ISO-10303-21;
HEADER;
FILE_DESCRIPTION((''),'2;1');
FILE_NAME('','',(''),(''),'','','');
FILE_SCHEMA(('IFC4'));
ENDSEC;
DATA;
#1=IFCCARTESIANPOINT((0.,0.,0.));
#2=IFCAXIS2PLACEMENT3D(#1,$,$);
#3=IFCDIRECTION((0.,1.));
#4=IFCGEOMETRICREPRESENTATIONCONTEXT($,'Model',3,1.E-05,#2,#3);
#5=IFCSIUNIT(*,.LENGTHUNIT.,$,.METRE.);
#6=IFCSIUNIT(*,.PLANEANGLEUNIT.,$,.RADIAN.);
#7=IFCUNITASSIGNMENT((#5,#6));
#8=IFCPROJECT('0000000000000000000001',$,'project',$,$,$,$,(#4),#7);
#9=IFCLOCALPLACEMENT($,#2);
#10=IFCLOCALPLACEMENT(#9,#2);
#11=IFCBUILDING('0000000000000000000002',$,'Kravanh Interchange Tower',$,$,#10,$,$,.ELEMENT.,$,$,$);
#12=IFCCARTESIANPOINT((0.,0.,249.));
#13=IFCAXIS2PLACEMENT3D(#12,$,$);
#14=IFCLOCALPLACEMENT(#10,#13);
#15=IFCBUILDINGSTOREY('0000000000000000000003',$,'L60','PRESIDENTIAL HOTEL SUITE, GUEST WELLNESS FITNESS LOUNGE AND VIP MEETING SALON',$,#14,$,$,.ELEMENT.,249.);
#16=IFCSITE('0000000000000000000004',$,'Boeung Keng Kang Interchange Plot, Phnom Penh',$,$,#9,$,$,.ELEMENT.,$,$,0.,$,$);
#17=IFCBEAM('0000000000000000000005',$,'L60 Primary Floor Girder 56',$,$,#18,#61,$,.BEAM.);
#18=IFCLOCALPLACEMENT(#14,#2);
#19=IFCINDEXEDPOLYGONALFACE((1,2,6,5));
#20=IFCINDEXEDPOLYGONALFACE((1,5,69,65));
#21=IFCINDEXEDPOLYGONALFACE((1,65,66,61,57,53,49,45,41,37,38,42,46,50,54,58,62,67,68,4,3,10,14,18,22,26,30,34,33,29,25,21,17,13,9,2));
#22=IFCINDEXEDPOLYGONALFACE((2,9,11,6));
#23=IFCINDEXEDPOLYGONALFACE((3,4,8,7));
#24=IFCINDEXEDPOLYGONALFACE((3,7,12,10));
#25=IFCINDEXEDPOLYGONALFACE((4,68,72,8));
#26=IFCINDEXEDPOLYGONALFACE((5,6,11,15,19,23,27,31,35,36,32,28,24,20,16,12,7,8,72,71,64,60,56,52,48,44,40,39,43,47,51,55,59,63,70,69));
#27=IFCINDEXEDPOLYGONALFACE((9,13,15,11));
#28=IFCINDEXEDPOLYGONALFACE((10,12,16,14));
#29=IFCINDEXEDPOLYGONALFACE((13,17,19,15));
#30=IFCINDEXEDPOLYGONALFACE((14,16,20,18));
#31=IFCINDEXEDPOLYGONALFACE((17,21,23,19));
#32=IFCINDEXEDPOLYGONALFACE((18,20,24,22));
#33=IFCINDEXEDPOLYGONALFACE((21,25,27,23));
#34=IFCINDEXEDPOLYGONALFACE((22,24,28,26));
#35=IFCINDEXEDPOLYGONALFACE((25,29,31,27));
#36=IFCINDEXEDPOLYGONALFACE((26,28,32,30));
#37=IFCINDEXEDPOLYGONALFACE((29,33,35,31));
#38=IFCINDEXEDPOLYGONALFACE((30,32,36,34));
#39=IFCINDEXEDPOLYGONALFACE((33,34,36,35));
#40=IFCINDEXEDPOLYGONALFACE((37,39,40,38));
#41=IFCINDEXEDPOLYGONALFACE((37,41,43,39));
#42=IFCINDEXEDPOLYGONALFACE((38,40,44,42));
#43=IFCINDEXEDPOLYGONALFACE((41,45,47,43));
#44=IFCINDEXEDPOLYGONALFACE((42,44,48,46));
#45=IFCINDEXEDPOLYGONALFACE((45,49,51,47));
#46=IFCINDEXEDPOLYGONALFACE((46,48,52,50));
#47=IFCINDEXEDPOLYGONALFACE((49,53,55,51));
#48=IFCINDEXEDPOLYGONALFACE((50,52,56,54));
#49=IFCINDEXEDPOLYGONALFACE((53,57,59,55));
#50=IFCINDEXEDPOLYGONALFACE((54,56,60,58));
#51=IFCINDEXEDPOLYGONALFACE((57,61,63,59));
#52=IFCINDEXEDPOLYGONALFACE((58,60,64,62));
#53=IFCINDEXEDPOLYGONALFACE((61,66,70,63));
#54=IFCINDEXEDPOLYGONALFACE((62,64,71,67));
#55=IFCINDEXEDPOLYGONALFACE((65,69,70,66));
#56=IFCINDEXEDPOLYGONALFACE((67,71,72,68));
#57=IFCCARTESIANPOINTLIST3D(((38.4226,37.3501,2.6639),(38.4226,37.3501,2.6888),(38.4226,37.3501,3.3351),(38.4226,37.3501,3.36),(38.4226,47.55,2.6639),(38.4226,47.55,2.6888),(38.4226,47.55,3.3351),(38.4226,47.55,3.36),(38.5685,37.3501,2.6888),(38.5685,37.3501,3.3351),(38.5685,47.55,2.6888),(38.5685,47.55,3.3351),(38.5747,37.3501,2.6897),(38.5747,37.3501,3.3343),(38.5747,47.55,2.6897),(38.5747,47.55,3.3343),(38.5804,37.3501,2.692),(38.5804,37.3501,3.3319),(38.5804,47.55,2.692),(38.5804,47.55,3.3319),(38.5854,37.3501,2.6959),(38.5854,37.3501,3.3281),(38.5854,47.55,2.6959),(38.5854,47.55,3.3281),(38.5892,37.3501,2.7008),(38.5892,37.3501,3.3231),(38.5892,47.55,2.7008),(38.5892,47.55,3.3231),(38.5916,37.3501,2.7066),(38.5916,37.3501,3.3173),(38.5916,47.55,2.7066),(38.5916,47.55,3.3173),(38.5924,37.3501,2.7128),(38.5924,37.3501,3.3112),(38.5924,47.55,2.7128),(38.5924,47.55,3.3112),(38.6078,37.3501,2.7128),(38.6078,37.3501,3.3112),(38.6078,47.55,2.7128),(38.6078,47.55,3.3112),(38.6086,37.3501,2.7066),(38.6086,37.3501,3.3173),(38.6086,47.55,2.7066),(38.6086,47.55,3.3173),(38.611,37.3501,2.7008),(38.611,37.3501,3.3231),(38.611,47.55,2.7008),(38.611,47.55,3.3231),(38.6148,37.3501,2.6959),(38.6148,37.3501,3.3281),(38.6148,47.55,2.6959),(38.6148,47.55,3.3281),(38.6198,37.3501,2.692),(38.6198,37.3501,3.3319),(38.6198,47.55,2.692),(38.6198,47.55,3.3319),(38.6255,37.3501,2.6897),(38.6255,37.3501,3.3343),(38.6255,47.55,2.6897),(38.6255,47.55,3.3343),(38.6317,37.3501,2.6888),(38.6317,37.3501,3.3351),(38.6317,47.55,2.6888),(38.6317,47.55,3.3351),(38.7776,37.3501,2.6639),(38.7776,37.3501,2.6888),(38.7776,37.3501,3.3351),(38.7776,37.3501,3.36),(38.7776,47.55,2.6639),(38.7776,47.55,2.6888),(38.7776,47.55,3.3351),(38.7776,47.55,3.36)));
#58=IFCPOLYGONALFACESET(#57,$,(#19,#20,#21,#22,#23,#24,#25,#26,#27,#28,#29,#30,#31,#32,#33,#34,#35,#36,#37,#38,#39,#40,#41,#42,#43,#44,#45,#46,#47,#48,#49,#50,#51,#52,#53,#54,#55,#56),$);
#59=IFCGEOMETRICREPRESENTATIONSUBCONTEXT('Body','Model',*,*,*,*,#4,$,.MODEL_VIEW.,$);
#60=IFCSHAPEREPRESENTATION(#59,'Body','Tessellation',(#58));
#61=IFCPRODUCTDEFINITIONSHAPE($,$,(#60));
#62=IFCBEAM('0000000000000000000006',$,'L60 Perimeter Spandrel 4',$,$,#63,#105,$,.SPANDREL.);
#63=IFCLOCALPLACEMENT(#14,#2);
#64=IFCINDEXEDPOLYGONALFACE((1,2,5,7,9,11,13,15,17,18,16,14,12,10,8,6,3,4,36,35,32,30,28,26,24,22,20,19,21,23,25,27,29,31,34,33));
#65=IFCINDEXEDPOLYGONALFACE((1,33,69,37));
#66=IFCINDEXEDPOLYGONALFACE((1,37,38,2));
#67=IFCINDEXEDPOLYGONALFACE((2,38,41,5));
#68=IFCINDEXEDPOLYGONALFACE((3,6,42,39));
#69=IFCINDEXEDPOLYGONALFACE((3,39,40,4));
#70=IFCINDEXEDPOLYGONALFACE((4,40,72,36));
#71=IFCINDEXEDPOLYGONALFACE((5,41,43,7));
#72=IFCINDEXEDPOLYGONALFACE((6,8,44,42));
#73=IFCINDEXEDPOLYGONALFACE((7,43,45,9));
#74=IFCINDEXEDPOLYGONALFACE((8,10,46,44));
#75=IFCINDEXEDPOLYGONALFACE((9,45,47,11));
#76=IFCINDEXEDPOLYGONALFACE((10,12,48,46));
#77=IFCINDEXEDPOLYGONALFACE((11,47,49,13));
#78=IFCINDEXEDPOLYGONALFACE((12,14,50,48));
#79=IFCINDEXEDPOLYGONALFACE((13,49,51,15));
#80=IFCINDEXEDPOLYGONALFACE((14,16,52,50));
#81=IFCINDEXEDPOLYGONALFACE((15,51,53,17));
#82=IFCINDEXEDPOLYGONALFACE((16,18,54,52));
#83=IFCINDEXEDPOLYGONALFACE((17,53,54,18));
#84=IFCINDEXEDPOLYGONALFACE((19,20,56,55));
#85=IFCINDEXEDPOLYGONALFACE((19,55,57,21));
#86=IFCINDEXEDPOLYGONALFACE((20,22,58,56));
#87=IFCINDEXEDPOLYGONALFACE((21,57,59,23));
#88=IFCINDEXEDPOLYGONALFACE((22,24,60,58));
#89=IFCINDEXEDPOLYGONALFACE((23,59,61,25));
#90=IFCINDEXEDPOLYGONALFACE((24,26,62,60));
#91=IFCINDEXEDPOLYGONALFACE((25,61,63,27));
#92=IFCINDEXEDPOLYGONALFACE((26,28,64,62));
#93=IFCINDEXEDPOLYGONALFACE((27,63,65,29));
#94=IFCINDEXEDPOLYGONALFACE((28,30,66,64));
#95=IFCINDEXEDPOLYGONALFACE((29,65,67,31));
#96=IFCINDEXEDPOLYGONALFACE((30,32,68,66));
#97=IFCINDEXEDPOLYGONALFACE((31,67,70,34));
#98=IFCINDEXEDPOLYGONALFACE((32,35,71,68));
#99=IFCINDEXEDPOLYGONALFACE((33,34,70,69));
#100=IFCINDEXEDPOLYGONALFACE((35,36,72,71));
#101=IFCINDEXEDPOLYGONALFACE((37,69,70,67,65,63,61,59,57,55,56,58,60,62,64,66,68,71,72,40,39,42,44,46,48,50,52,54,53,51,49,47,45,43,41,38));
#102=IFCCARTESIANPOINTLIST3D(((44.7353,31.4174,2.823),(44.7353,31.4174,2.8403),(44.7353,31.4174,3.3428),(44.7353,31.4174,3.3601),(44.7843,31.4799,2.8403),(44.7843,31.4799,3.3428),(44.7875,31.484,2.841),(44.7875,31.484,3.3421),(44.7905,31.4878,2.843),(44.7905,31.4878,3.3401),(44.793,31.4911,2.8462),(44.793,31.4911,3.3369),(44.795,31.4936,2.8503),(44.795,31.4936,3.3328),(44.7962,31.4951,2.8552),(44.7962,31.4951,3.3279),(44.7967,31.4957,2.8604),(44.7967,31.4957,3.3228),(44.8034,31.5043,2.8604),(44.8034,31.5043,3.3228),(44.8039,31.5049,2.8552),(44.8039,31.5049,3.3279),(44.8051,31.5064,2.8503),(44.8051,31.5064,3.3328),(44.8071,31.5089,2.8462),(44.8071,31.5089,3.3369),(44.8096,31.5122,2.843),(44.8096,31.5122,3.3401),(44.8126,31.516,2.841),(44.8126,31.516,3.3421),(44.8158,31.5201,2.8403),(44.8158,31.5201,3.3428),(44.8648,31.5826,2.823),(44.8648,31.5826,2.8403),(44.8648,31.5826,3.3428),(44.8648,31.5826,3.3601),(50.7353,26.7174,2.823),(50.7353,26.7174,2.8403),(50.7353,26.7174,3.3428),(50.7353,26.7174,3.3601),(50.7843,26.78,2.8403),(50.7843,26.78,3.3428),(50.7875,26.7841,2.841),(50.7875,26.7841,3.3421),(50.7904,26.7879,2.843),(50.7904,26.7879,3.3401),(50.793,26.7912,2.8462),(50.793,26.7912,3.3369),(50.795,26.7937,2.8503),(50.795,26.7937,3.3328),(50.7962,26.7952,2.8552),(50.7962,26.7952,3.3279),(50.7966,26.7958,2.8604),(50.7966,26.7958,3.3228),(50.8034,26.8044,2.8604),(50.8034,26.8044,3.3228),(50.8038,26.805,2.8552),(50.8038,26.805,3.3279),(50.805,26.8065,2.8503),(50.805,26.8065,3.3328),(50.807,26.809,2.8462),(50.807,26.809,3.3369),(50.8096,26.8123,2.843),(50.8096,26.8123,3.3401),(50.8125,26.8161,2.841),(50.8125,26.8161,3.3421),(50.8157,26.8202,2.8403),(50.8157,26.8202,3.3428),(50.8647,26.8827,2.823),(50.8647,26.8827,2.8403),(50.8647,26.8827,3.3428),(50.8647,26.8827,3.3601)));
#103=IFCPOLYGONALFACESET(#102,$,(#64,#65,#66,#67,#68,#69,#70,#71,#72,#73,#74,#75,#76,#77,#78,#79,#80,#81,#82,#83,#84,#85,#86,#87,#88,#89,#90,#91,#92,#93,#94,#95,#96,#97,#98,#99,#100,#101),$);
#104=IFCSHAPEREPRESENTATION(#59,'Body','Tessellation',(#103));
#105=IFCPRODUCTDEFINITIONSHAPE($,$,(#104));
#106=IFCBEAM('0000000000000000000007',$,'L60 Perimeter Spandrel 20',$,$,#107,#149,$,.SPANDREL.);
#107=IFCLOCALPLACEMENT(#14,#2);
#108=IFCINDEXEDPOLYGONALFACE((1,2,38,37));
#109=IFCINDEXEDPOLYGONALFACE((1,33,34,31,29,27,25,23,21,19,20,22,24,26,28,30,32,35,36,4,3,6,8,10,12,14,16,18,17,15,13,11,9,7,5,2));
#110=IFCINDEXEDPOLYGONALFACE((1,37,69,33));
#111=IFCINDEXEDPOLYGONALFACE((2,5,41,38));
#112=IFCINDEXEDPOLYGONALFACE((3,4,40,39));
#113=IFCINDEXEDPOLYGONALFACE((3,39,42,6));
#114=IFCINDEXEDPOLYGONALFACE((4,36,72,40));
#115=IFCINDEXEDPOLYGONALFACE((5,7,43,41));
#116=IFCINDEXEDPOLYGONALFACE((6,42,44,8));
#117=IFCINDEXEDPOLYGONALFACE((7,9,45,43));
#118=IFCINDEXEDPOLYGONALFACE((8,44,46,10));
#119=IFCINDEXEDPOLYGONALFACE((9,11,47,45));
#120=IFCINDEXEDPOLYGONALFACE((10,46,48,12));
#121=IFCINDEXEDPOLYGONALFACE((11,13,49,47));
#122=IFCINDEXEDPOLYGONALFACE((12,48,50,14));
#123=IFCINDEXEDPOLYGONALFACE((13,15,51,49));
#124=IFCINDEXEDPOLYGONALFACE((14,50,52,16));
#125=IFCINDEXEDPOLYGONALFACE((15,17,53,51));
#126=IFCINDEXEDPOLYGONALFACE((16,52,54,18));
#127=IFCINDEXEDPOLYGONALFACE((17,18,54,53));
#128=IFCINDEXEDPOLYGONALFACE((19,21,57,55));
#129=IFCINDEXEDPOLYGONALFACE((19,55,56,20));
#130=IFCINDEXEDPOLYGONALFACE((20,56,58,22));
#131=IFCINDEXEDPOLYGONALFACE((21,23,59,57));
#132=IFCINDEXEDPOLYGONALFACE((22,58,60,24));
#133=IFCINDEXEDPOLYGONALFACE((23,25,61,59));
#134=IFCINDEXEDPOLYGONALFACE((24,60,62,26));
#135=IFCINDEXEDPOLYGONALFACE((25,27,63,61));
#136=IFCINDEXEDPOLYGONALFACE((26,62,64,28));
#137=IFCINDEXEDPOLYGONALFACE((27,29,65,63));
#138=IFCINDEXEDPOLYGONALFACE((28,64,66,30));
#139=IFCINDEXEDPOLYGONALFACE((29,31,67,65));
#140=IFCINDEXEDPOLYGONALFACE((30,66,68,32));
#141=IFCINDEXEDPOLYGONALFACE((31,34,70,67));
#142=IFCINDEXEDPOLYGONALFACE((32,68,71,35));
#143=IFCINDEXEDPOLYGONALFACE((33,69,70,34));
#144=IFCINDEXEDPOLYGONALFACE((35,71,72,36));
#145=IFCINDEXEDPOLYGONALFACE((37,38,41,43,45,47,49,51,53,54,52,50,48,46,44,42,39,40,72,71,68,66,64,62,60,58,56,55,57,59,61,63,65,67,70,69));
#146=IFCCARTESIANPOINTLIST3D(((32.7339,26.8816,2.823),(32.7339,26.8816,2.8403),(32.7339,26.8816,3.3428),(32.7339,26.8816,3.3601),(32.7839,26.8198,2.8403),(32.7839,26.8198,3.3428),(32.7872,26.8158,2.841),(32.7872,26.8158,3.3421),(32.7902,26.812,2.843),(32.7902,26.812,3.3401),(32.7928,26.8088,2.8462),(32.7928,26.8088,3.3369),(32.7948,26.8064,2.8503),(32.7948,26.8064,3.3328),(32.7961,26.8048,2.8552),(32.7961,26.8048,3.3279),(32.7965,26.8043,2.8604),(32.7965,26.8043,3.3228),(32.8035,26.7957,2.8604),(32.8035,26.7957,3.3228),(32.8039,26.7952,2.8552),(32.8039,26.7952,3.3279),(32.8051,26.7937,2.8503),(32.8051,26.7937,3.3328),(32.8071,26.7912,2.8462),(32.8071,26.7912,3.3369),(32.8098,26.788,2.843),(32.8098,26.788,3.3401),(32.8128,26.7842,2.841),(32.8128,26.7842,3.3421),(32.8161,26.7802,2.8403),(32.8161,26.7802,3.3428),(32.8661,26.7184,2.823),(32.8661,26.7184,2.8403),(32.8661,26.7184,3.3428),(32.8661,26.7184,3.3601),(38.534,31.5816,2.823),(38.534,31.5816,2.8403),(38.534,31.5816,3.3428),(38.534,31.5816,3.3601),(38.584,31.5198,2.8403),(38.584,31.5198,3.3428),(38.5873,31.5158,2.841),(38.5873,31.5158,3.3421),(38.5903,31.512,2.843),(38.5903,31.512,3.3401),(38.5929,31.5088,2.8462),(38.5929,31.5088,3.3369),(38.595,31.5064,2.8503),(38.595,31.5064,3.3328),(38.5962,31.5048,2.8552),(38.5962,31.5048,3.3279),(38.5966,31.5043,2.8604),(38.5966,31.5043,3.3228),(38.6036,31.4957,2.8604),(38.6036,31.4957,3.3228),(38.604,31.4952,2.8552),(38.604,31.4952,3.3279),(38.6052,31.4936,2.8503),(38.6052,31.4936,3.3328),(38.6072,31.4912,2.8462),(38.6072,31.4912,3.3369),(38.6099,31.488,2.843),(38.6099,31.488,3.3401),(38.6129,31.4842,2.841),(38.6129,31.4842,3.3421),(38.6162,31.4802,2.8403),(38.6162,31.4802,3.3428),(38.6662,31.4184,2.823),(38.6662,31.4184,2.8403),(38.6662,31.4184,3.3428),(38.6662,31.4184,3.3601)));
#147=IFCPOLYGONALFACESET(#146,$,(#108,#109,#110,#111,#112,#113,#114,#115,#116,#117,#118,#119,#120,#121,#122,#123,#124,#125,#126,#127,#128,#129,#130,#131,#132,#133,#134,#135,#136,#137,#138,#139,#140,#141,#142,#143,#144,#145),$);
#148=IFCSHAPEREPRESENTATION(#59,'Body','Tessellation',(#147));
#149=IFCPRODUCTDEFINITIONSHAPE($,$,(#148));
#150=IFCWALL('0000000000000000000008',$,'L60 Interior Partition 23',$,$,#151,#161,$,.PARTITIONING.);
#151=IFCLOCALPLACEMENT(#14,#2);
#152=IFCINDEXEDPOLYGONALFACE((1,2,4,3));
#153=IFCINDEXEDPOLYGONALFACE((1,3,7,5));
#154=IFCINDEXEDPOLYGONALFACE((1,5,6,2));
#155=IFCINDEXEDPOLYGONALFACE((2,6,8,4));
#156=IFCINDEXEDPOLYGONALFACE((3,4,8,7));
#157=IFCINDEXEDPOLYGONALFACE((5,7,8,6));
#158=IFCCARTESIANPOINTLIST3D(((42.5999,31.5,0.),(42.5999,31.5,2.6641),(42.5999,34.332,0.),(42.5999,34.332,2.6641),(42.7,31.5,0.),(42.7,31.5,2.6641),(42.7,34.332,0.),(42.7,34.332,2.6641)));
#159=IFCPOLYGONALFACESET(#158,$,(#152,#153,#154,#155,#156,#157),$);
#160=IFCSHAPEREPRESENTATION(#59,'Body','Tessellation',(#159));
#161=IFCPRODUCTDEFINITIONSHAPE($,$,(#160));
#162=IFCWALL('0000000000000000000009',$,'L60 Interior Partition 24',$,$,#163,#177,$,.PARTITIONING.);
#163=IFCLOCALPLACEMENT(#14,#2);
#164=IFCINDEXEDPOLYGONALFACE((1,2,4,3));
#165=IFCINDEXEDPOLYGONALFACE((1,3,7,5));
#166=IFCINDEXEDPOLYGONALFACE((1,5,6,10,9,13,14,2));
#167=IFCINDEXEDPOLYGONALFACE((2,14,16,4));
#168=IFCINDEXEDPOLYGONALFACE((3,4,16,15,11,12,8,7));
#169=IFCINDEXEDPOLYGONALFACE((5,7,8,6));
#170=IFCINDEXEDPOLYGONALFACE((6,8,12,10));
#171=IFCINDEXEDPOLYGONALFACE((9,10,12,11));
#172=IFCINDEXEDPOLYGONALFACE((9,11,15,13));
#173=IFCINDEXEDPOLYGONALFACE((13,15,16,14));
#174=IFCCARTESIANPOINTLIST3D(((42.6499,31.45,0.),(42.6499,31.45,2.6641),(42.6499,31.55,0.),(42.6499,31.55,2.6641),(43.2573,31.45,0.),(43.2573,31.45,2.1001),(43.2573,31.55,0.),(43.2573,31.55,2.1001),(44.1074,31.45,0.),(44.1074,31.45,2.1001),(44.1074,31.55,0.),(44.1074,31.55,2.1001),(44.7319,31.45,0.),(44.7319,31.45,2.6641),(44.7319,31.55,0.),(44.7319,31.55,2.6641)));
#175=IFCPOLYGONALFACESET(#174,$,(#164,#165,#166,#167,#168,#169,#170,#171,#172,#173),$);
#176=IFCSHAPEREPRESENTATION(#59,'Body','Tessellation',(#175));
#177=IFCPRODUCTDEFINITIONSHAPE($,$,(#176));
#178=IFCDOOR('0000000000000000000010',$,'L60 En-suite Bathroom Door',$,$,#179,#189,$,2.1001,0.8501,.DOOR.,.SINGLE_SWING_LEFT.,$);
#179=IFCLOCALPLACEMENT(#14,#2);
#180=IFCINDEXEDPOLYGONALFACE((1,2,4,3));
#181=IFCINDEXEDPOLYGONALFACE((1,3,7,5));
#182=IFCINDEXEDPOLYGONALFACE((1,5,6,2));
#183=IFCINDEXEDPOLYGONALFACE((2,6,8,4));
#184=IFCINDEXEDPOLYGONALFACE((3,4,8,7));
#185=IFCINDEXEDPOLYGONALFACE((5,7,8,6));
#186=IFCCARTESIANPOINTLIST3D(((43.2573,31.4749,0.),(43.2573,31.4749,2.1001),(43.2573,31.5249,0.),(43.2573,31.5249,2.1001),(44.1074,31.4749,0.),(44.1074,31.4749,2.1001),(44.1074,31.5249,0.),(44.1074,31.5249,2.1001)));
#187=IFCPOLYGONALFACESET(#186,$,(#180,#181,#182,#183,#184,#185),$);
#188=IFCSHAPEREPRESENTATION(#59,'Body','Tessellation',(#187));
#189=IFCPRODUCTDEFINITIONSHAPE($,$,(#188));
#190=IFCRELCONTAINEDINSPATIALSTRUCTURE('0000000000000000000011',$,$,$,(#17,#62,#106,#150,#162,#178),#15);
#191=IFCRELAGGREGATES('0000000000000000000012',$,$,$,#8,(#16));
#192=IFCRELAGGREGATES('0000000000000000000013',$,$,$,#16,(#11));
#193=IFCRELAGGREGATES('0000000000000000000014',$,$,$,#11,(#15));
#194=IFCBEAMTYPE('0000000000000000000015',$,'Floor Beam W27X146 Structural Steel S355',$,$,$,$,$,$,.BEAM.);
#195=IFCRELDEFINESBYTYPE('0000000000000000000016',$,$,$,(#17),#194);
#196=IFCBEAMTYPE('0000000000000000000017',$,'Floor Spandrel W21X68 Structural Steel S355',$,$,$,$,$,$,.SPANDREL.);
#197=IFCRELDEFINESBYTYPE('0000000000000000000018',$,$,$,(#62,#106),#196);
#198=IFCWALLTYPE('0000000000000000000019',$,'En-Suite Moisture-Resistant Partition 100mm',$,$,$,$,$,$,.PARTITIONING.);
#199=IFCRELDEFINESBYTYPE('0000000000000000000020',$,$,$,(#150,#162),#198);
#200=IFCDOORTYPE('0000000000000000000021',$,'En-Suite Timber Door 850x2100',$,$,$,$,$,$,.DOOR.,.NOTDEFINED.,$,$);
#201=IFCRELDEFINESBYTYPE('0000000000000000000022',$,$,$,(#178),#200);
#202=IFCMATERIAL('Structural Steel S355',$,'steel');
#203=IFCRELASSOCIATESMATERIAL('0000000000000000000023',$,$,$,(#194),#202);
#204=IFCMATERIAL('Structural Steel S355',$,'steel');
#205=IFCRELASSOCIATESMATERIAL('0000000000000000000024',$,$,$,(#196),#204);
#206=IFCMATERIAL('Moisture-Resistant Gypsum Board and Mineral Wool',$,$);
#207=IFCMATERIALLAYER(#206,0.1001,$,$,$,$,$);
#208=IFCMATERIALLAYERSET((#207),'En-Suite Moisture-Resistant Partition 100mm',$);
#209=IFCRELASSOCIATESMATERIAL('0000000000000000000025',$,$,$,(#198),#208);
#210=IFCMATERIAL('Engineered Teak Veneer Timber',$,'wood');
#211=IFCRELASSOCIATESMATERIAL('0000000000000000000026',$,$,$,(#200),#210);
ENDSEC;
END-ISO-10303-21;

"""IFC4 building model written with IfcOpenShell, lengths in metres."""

from ifc_helpers import new_model, si_unit, direction, frame, frame_2d, origin, origin_2d, place, context, subcontext, project, spatial, rectangle, i_section, extrude, material, layer, layer_set, material_profile, profile_set, type_object, element, fill, save


model = new_model("IFC4")

# Units and contexts
model_context = context("Model", 3, precision=1e-05, world=origin(), true_north=direction((0.0, 1.0)))
body_context = subcontext(model_context, "Body", "Model", "MODEL_VIEW")
ifc_project = project(units=[si_unit("LENGTHUNIT", "METRE"), si_unit("PLANEANGLEUNIT", "RADIAN")], contexts=[model_context])

# Site, building, storey
site_placement = place(None, origin())
site = spatial("IfcSite", under=ifc_project, at=site_placement, Name="Boeung Keng Kang Interchange Plot, Phnom Penh", CompositionType="ELEMENT", RefElevation=0.0)
building_placement = place(site_placement, origin())
building = spatial("IfcBuilding", under=site, at=building_placement, Name="Kravanh Interchange Tower", CompositionType="ELEMENT")
storey_placement = place(building_placement, frame((0.0, 0.0, 249.0)))
storey = spatial("IfcBuildingStorey", under=building, at=storey_placement, Name="L60", Description="PRESIDENTIAL HOTEL SUITE, GUEST WELLNESS FITNESS LOUNGE AND VIP MEETING SALON", CompositionType="ELEMENT", Elevation=249.0)

# Beams
ifc_material_1 = material(Name="Structural Steel S355", Category="steel")
ifc_material_profile_1 = material_profile(ifc_material_1, i_section(OverallWidth=0.355, OverallDepth=0.696, WebThickness=0.0154, FlangeThickness=0.0249, FilletRadius=0.0239, at=origin_2d()), Name="W27X146")
ifc_profile_set_1 = profile_set([ifc_material_profile_1], Name="Structural Steel S355")
beam_type_1 = type_object("IfcBeamType", Name="Floor Beam W27X146 Structural Steel S355", PredefinedType="BEAM", material=ifc_profile_set_1)
beam_1_placement = place(storey_placement, frame((38.6001, 37.3501, 3.012), z_axis=(0.0, 1.0, 0.0), x_axis=(-1.0, 0.0, 0.0)))
element("IfcBeam", 1, at=beam_1_placement, inside=storey, type_object=beam_type_1, Name="L60 Primary Floor Girder 56", PredefinedType="BEAM", context=body_context, shape_type="SweptSolid", body=[
    extrude(i_section(OverallWidth=0.355, OverallDepth=0.696, WebThickness=0.0154, FlangeThickness=0.0249, FilletRadius=0.0239, at=origin_2d()), origin(), (0.0, 0.0, 1.0), 10.2),
])
ifc_material_2 = material(Name="Structural Steel S355", Category="steel")
ifc_material_profile_2 = material_profile(ifc_material_2, i_section(OverallWidth=0.21, OverallDepth=0.5371, WebThickness=0.011, FlangeThickness=0.0173, FilletRadius=0.02, at=origin_2d()), Name="W21X68")
ifc_profile_set_2 = profile_set([ifc_material_profile_2], Name="Structural Steel S355")
beam_type_2 = type_object("IfcBeamType", Name="Floor Spandrel W21X68 Structural Steel S355", PredefinedType="SPANDREL", material=ifc_profile_set_2)
beam_2_placement = place(storey_placement, frame((44.8, 31.5, 3.0916), z_axis=(0.787231, -0.616658, 0.0), x_axis=(0.616658, 0.787231, 0.0)))
element("IfcBeam", 2, at=beam_2_placement, inside=storey, type_object=beam_type_2, Name="L60 Perimeter Spandrel 4", PredefinedType="SPANDREL", context=body_context, shape_type="SweptSolid", body=[
    extrude(i_section(OverallWidth=0.21, OverallDepth=0.5371, WebThickness=0.011, FlangeThickness=0.0173, FilletRadius=0.02, at=origin_2d()), origin(), (0.0, 0.0, 1.0), 7.6216),
])
beam_3_placement = place(storey_placement, frame((38.6001, 31.5, 3.0916), z_axis=(-0.776939, -0.629576, 0.0), x_axis=(0.629576, -0.776939, 0.0)))
element("IfcBeam", 3, at=beam_3_placement, inside=storey, type_object=beam_type_2, Name="L60 Perimeter Spandrel 20", PredefinedType="SPANDREL", context=body_context, shape_type="SweptSolid", body=[
    extrude(i_section(OverallWidth=0.21, OverallDepth=0.5371, WebThickness=0.011, FlangeThickness=0.0173, FilletRadius=0.02, at=origin_2d()), origin(), (0.0, 0.0, 1.0), 7.4653),
])

# Wall
ifc_material_3 = material(Name="Moisture-Resistant Gypsum Board and Mineral Wool")
ifc_layer = layer(ifc_material_3, 0.1001)
ifc_layer_set = layer_set([ifc_layer], Name="En-Suite Moisture-Resistant Partition 100mm")
wall_type = type_object("IfcWallType", Name="En-Suite Moisture-Resistant Partition 100mm", PredefinedType="PARTITIONING", material=ifc_layer_set)
wall_1_placement = place(storey_placement, frame((42.6499, 31.5, 0.0), z_axis=(0.0, 0.0, 1.0), x_axis=(0.0, 1.0, 0.0)))
element("IfcWall", 4, at=wall_1_placement, inside=storey, type_object=wall_type, Name="L60 Interior Partition 23", PredefinedType="PARTITIONING", context=body_context, shape_type="SweptSolid", body=[
    extrude(rectangle(XDim=2.832, YDim=0.1001, at=frame_2d((1.416, 0.0))), origin(), (0.0, 0.0, 1.0), 2.6641),
])

# Wall, opening, door
wall_2_placement = place(storey_placement, frame((42.6499, 31.5, 0.0), z_axis=(0.0, 0.0, 1.0), x_axis=(1.0, 0.0, 0.0)))
wall_2 = element("IfcWall", 5, at=wall_2_placement, inside=storey, type_object=wall_type, Name="L60 Interior Partition 24", PredefinedType="PARTITIONING", context=body_context, shape_type="SweptSolid", body=[
    extrude(rectangle(XDim=2.082, YDim=0.1001, at=frame_2d((1.041, 0.0))), origin(), (0.0, 0.0, 1.0), 2.6641),
])
opening_placement = place(wall_2_placement, frame((0.6074, 0.0, 0.0)))
opening = element("IfcOpeningElement", 6, at=opening_placement, cuts=wall_2, PredefinedType="OPENING", context=body_context, shape_type="SweptSolid", body=[
    extrude(rectangle(XDim=0.8501, YDim=2.1001, at=frame_2d((0.425, 1.05))), frame((0.0, 0.0601, 0.0), z_axis=(0.0, -1.0, 0.0), x_axis=(1.0, 0.0, 0.0)), (0.0, 0.0, 1.0), 0.1201),
])
ifc_material_4 = material(Name="Engineered Teak Veneer Timber", Category="wood")
door_type = type_object("IfcDoorType", Name="En-Suite Timber Door 850x2100", OperationType="NOTDEFINED", PredefinedType="DOOR", material=ifc_material_4)
door_placement = place(opening_placement, origin())
door = element("IfcDoor", 7, at=door_placement, inside=storey, type_object=door_type, Name="L60 En-suite Bathroom Door", OperationType="SINGLE_SWING_LEFT", OverallHeight=2.1001, OverallWidth=0.8501, PredefinedType="DOOR", context=body_context, shape_type="SweptSolid", body=[
    extrude(rectangle(XDim=0.8501, YDim=2.1001, at=frame_2d((0.425, 1.05))), frame((0.0, 0.0249, 0.0), z_axis=(0.0, -1.0, 0.0), x_axis=(1.0, 0.0, 0.0)), (0.0, 0.0, 1.0), 0.05),
])
fill(opening, door)

save(model, "model.ifc")
